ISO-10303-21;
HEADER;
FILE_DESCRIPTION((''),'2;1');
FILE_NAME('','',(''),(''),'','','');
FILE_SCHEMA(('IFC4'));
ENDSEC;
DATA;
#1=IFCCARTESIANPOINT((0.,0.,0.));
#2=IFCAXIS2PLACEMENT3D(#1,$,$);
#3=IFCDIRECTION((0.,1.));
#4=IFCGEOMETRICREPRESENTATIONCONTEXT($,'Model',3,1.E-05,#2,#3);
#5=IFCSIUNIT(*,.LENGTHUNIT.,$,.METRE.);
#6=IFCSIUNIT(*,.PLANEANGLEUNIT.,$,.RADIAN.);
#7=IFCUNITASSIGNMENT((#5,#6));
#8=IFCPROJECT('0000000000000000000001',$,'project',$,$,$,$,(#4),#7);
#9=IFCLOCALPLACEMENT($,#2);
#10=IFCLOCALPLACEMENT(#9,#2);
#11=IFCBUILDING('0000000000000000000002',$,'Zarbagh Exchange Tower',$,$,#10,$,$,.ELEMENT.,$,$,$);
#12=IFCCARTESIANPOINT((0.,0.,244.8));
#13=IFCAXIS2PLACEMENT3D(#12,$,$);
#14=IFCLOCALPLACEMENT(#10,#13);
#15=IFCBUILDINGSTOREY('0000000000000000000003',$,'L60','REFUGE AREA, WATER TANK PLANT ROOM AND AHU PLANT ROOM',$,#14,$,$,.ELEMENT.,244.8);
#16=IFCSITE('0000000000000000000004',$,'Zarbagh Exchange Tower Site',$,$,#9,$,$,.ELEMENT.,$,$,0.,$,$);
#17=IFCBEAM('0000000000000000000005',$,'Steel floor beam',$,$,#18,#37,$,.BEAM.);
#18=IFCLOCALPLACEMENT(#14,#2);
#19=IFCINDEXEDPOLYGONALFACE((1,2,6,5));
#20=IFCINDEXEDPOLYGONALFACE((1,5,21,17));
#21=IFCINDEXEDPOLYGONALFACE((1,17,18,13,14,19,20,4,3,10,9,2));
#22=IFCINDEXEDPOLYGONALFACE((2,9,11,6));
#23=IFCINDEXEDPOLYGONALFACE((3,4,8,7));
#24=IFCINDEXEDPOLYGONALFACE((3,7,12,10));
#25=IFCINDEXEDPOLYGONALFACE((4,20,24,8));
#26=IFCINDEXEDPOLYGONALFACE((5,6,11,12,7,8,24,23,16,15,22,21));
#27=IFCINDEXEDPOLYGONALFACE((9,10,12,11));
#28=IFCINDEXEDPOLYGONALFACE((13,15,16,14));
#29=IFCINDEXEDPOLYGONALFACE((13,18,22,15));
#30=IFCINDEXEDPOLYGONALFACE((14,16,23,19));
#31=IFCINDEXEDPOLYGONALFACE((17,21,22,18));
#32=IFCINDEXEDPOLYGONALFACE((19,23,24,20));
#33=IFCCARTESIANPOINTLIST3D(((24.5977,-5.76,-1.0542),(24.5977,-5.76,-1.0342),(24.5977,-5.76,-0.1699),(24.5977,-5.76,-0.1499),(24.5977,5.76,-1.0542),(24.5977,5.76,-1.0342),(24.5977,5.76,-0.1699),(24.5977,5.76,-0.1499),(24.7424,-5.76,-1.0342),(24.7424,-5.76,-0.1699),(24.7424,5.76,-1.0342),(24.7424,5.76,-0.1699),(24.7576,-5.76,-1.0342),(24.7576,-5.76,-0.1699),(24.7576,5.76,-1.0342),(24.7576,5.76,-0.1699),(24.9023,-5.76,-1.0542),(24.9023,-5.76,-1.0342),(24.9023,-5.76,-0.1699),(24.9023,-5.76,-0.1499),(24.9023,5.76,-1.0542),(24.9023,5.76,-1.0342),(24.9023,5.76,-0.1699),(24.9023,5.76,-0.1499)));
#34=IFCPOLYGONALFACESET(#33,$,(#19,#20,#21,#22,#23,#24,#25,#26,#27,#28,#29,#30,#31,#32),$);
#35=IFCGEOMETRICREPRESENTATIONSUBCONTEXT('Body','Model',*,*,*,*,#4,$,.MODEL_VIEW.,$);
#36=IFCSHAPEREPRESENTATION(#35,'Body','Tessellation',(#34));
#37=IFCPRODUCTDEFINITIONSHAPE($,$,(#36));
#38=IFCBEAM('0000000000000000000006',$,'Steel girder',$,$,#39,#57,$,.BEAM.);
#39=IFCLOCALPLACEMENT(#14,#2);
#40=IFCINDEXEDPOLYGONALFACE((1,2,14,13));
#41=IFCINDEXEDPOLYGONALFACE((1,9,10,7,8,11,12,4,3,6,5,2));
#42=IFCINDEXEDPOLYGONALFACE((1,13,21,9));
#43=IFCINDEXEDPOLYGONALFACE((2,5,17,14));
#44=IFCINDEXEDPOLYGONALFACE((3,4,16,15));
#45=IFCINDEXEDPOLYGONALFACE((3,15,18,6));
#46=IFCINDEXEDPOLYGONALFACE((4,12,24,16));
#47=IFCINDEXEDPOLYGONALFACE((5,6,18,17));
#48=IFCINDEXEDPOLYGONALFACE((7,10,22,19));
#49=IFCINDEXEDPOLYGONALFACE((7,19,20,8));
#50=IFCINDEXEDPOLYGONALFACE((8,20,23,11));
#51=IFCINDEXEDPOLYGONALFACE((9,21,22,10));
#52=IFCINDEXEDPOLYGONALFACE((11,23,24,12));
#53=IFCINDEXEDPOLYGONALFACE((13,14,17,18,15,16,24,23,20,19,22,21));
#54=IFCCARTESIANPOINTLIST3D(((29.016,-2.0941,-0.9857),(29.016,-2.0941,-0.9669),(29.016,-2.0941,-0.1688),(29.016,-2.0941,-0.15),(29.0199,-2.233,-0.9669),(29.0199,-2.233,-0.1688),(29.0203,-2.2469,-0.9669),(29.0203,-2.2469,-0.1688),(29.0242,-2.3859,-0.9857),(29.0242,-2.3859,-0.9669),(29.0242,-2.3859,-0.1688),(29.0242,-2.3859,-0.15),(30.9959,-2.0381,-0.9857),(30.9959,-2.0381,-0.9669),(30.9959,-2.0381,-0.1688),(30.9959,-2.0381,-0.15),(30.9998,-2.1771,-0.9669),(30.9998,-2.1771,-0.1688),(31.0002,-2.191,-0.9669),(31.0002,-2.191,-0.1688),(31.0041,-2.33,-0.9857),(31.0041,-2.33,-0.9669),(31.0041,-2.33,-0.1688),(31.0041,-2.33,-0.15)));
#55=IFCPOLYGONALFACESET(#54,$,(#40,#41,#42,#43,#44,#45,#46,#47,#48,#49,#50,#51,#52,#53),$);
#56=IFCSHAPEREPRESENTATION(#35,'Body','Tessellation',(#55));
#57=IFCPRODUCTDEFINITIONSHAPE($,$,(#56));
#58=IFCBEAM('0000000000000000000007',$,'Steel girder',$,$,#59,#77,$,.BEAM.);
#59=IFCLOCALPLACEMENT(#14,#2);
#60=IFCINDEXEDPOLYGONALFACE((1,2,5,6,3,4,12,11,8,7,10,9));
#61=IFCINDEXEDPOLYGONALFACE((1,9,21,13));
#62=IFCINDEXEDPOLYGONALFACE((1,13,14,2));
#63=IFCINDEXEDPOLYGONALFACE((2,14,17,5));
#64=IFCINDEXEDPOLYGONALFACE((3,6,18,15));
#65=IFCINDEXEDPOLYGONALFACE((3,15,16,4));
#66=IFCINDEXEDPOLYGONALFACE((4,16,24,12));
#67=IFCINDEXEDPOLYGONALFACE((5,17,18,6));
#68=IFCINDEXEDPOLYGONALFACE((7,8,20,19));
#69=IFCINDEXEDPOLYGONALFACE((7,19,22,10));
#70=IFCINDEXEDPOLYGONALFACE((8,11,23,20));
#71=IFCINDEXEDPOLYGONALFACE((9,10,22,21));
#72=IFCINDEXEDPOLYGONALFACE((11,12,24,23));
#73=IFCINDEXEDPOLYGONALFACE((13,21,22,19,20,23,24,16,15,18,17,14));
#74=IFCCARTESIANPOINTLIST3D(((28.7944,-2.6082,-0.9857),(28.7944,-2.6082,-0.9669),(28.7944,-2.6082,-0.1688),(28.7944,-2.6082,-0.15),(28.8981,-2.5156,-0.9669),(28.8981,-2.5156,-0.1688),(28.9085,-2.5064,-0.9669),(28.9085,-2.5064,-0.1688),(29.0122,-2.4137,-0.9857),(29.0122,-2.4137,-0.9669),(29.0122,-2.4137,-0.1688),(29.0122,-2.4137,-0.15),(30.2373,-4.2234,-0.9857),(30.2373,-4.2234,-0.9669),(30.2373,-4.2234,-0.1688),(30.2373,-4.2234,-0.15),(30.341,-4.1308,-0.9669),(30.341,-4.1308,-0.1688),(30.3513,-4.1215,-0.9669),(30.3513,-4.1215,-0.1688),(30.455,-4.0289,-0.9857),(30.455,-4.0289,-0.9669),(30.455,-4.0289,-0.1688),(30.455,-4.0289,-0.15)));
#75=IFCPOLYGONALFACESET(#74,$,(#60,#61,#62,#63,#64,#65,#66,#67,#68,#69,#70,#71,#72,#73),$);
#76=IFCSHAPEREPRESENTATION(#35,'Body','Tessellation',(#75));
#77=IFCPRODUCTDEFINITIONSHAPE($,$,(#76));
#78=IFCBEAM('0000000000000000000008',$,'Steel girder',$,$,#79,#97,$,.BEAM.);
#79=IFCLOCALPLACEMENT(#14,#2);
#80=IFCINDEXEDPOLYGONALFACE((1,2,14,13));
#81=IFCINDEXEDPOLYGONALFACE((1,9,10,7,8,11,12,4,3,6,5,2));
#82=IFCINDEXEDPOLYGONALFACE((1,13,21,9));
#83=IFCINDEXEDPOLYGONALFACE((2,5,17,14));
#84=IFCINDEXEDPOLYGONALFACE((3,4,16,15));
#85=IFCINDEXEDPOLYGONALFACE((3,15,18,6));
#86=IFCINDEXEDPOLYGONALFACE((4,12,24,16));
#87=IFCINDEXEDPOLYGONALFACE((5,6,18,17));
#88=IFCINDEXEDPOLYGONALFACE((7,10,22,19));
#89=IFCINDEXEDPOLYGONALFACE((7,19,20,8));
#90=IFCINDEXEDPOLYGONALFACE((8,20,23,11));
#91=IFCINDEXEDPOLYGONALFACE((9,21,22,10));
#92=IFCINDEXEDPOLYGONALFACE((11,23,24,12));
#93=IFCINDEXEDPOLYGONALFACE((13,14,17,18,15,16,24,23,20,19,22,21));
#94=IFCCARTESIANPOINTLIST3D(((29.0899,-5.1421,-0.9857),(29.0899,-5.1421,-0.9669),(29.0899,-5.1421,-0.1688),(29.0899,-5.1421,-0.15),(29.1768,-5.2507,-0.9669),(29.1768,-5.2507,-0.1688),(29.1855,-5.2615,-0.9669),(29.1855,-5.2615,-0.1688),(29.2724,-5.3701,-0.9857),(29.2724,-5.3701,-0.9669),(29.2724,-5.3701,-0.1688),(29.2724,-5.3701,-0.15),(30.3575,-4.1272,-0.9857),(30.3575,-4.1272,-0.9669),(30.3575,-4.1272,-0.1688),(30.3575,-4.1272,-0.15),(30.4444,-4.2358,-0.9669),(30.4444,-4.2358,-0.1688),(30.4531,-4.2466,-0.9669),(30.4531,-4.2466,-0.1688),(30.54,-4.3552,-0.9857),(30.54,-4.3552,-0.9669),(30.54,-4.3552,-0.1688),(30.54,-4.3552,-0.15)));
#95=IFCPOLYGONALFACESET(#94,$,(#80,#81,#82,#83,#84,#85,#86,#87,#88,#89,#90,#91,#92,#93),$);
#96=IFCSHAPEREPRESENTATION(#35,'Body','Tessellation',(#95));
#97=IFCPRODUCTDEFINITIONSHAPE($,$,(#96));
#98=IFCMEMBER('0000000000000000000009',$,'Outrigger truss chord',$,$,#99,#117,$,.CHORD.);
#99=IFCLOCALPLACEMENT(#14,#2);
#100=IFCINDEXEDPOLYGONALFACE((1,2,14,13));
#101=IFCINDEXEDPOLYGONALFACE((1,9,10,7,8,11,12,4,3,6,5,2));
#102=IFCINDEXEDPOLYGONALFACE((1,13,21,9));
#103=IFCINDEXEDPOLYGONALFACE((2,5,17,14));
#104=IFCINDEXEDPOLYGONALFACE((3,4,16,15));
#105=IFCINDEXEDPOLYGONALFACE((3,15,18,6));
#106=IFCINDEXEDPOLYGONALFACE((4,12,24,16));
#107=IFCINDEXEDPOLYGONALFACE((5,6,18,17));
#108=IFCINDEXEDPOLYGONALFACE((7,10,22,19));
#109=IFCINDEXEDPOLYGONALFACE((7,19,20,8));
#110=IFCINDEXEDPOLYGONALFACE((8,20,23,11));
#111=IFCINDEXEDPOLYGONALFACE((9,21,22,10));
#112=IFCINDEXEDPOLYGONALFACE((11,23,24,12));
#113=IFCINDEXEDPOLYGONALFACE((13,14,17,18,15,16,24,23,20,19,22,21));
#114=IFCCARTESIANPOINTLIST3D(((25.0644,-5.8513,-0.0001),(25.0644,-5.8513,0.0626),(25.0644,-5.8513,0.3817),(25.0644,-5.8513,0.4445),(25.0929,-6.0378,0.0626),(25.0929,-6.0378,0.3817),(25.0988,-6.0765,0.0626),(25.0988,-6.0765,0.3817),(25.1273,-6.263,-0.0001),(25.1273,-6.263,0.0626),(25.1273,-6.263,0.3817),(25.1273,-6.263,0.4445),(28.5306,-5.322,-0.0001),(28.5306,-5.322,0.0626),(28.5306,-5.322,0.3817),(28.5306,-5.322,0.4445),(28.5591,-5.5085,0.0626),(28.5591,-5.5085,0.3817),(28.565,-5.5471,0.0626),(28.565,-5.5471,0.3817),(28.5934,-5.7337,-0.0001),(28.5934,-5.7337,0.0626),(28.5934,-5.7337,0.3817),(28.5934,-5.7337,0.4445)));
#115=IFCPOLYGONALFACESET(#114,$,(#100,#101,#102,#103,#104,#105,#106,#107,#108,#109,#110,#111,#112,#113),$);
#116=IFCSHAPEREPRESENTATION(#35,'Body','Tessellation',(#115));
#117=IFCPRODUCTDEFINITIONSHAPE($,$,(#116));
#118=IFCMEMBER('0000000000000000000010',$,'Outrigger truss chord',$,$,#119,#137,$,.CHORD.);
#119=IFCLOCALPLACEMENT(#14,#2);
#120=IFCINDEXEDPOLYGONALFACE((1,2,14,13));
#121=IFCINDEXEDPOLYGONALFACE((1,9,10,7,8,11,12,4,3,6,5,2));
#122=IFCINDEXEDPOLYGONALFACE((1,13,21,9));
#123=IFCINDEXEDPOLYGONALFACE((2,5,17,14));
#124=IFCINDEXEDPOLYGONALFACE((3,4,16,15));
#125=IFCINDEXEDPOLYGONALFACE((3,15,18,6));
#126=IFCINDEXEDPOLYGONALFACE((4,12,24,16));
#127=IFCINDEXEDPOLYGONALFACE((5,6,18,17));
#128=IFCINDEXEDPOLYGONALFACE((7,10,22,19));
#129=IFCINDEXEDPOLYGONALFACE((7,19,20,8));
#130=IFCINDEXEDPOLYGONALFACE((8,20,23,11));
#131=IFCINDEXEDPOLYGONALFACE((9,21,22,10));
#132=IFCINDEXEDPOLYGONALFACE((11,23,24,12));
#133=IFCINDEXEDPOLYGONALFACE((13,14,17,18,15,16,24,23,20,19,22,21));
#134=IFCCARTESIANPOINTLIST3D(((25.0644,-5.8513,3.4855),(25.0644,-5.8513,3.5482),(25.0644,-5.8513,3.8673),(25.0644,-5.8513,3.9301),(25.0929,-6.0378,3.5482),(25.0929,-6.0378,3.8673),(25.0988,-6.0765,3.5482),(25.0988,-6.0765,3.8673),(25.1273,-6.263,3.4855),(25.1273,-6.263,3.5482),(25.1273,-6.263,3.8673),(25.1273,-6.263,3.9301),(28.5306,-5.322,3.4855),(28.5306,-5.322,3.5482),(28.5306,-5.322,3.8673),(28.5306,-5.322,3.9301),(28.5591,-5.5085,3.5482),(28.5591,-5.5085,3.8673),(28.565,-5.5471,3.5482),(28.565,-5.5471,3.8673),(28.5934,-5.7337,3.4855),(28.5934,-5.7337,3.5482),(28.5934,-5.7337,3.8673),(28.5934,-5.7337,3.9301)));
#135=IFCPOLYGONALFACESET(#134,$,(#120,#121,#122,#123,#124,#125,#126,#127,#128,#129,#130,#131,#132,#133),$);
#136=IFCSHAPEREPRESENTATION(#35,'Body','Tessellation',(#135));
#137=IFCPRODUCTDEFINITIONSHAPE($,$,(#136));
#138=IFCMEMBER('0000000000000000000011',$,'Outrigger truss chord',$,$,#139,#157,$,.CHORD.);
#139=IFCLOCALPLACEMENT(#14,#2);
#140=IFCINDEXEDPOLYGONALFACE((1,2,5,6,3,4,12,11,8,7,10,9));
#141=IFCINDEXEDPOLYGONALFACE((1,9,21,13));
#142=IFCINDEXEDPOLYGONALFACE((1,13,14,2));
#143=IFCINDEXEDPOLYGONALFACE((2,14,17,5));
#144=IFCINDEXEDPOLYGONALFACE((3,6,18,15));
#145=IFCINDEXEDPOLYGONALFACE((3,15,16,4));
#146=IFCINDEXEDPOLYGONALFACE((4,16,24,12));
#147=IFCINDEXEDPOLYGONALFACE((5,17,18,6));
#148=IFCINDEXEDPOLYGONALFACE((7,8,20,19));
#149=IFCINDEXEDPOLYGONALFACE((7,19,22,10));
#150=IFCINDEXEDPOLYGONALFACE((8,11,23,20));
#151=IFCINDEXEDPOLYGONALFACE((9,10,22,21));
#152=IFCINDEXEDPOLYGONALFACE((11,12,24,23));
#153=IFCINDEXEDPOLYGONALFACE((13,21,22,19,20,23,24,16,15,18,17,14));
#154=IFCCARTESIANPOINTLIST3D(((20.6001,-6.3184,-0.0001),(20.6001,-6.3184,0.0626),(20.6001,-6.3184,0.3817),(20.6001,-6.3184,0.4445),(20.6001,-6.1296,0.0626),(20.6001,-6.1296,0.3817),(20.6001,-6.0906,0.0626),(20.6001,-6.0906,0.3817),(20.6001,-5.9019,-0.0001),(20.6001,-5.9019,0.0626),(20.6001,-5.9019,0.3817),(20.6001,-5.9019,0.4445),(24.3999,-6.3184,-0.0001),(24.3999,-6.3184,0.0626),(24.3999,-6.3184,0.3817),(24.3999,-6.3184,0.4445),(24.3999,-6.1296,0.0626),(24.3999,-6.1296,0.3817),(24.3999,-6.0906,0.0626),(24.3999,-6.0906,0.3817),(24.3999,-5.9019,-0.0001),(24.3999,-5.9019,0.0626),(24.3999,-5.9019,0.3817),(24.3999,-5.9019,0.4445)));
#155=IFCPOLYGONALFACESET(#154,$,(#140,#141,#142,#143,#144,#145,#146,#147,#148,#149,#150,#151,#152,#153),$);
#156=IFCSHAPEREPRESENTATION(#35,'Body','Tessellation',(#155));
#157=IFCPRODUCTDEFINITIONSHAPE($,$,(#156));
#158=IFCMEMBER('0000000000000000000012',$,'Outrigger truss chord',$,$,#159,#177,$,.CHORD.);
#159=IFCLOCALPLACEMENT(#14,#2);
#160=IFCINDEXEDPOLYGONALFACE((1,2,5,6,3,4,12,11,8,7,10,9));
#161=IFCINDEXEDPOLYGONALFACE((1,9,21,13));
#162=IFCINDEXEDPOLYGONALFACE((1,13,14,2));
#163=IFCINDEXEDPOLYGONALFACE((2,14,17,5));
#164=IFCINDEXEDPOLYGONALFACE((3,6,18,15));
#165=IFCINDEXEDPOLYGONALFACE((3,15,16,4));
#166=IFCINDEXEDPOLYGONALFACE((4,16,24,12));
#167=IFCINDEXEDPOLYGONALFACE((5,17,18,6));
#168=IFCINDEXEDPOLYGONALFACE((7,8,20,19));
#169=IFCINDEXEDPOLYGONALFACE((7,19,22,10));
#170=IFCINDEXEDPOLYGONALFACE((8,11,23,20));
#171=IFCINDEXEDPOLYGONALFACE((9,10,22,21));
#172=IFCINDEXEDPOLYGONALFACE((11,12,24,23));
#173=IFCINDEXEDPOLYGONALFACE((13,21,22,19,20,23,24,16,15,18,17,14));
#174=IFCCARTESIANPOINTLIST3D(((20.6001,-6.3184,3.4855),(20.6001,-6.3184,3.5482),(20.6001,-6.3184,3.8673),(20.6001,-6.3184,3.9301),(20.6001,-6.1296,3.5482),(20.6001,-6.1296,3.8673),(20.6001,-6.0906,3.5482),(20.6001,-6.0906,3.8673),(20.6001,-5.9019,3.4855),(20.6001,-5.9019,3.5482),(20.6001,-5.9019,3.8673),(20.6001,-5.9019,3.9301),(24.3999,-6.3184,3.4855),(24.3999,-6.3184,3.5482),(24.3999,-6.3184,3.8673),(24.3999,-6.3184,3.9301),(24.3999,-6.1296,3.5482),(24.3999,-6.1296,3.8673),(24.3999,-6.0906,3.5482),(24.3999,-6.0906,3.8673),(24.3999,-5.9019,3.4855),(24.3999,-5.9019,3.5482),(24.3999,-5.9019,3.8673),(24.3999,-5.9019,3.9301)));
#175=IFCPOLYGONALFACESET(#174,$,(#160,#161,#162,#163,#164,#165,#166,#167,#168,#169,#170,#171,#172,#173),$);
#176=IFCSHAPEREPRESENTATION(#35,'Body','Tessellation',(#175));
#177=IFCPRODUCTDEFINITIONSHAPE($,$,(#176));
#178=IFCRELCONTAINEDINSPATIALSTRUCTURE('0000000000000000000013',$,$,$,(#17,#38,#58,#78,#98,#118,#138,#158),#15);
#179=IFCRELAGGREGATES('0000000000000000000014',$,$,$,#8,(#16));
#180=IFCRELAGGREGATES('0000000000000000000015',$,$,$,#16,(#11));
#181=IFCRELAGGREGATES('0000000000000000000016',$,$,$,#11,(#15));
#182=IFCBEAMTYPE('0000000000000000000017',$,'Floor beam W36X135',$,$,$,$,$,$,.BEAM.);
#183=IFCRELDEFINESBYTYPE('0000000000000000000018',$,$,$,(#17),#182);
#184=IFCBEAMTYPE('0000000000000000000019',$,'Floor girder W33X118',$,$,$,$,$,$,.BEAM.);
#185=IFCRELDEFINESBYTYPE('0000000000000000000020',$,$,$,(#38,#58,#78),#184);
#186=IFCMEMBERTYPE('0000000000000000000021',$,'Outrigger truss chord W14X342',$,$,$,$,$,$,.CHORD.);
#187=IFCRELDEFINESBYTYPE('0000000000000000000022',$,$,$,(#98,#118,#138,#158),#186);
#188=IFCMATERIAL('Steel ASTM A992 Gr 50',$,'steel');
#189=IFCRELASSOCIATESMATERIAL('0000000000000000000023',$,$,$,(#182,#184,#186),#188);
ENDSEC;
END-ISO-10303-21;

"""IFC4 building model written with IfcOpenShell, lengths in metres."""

from ifc_helpers import new_model, si_unit, direction, frame, origin, origin_2d, place, context, subcontext, project, spatial, i_section, extrude, material, material_profile, profile_set, type_object, element, save


model = new_model("IFC4")

# Units and contexts
model_context = context("Model", 3, precision=1e-05, world=origin(), true_north=direction((0.0, 1.0)))
body_context = subcontext(model_context, "Body", "Model", "MODEL_VIEW")
ifc_project = project(units=[si_unit("LENGTHUNIT", "METRE"), si_unit("PLANEANGLEUNIT", "RADIAN")], contexts=[model_context])

# Site, building, storey
site_placement = place(None, origin())
site = spatial("IfcSite", under=ifc_project, at=site_placement, Name="Zarbagh Exchange Tower Site", CompositionType="ELEMENT", RefElevation=0.0)
building_placement = place(site_placement, origin())
building = spatial("IfcBuilding", under=site, at=building_placement, Name="Zarbagh Exchange Tower", CompositionType="ELEMENT")
storey_placement = place(building_placement, frame((0.0, 0.0, 244.8)))
storey = spatial("IfcBuildingStorey", under=building, at=storey_placement, Name="L60", Description="REFUGE AREA, WATER TANK PLANT ROOM AND AHU PLANT ROOM", CompositionType="ELEMENT", Elevation=244.8)

# Shared definitions
ifc_material_1 = material(Name="Steel ASTM A992 Gr 50", Category="steel")

# Beams
ifc_material_profile_1 = material_profile(ifc_material_1, i_section(OverallWidth=0.3047, OverallDepth=0.9043, WebThickness=0.0151, FlangeThickness=0.02, at=origin_2d()), Name="W36X135")
ifc_profile_set_1 = profile_set([ifc_material_profile_1], Name="Steel ASTM A992 Gr 50")
beam_type_1 = type_object("IfcBeamType", Name="Floor beam W36X135", PredefinedType="BEAM", material=ifc_profile_set_1)
for number, where, z_axis, x_axis, name in (
    (1, (24.75, -5.76, -0.6021), (0.0, 1.0, 0.0), (-1.0, 0.0, 0.0), "Steel floor beam"),
):
    element("IfcBeam", number, at=place(storey_placement, frame(where, z_axis=z_axis, x_axis=x_axis)), inside=storey, type_object=beam_type_1, Name=name, PredefinedType="BEAM", context=body_context, shape_type="SweptSolid", body=[
        extrude(i_section(OverallWidth=0.3047, OverallDepth=0.9043, WebThickness=0.0151, FlangeThickness=0.02, at=origin_2d()), origin(), (0.0, 0.0, 1.0), 11.52),
    ])
ifc_material_profile_2 = material_profile(ifc_material_1, i_section(OverallWidth=0.292, OverallDepth=0.8357, WebThickness=0.0139, FlangeThickness=0.0188, at=origin_2d()), Name="W33X118")
ifc_profile_set_2 = profile_set([ifc_material_profile_2], Name="Steel ASTM A992 Gr 50")
beam_type_2 = type_object("IfcBeamType", Name="Floor girder W33X118", PredefinedType="BEAM", material=ifc_profile_set_2)
beam_1_placement = place(storey_placement, frame((31.0, -2.1841, -0.5679), z_axis=(-0.999602, -0.028225, 0.0), x_axis=(0.028225, -0.999602, 0.0)))
element("IfcBeam", 2, at=beam_1_placement, inside=storey, type_object=beam_type_2, Name="Steel girder", PredefinedType="BEAM", context=body_context, shape_type="SweptSolid", body=[
    extrude(i_section(OverallWidth=0.292, OverallDepth=0.8357, WebThickness=0.0139, FlangeThickness=0.0188, at=origin_2d()), origin(), (0.0, 0.0, 1.0), 1.9807),
])
beam_2_placement = place(storey_placement, frame((28.9033, -2.511, -0.5679), z_axis=(0.666195, -0.745778, 0.0), x_axis=(0.745778, 0.666195, 0.0)))
element("IfcBeam", 3, at=beam_2_placement, inside=storey, type_object=beam_type_2, Name="Steel girder", PredefinedType="BEAM", context=body_context, shape_type="SweptSolid", body=[
    extrude(i_section(OverallWidth=0.292, OverallDepth=0.8357, WebThickness=0.0139, FlangeThickness=0.0188, at=origin_2d()), origin(), (0.0, 0.0, 1.0), 2.1658),
])
beam_3_placement = place(storey_placement, frame((30.4487, -4.2412, -0.5679), z_axis=(-0.780619, -0.625007, 0.0), x_axis=(0.625007, -0.780619, 0.0)))
element("IfcBeam", 4, at=beam_3_placement, inside=storey, type_object=beam_type_2, Name="Steel girder", PredefinedType="BEAM", context=body_context, shape_type="SweptSolid", body=[
    extrude(i_section(OverallWidth=0.292, OverallDepth=0.8357, WebThickness=0.0139, FlangeThickness=0.0188, at=origin_2d()), origin(), (0.0, 0.0, 1.0), 1.6238),
])

# Members
ifc_material_profile_3 = material_profile(ifc_material_1, i_section(OverallWidth=0.4165, OverallDepth=0.4446, WebThickness=0.0391, FlangeThickness=0.0627, at=origin_2d()), Name="W14X342")
ifc_profile_set_3 = profile_set([ifc_material_profile_3], Name="Steel ASTM A992 Gr 50")
member_type_1 = type_object("IfcMemberType", Name="Outrigger truss chord W14X342", PredefinedType="CHORD", material=ifc_profile_set_3)
for number, where, z_axis, x_axis, name in (
    (5, (28.562, -5.5278, 0.2222), (-0.98854, -0.150958, 0.0), (0.150958, -0.98854, 0.0), "Outrigger truss chord"),
    (6, (28.562, -5.5278, 3.7078), (-0.98854, -0.150958, 0.0), (0.150958, -0.98854, 0.0), "Outrigger truss chord"),
):
    element("IfcMember", number, at=place(storey_placement, frame(where, z_axis=z_axis, x_axis=x_axis)), inside=storey, type_object=member_type_1, Name=name, PredefinedType="CHORD", context=body_context, shape_type="SweptSolid", body=[
        extrude(i_section(OverallWidth=0.4165, OverallDepth=0.4446, WebThickness=0.0391, FlangeThickness=0.0627, at=origin_2d()), origin(), (0.0, 0.0, 1.0), 3.5063),
    ])
for number, where, z_axis, x_axis, name in (
    (7, (24.3999, -6.1101, 0.2222), (-1.0, 0.0, 0.0), (0.0, -1.0, 0.0), "Outrigger truss chord"),
    (8, (24.3999, -6.1101, 3.7078), (-1.0, 0.0, 0.0), (0.0, -1.0, 0.0), "Outrigger truss chord"),
):
    element("IfcMember", number, at=place(storey_placement, frame(where, z_axis=z_axis, x_axis=x_axis)), inside=storey, type_object=member_type_1, Name=name, PredefinedType="CHORD", context=body_context, shape_type="SweptSolid", body=[
        extrude(i_section(OverallWidth=0.4165, OverallDepth=0.4446, WebThickness=0.0391, FlangeThickness=0.0627, at=origin_2d()), origin(), (0.0, 0.0, 1.0), 3.7998),
    ])

save(model, "model.ifc")
